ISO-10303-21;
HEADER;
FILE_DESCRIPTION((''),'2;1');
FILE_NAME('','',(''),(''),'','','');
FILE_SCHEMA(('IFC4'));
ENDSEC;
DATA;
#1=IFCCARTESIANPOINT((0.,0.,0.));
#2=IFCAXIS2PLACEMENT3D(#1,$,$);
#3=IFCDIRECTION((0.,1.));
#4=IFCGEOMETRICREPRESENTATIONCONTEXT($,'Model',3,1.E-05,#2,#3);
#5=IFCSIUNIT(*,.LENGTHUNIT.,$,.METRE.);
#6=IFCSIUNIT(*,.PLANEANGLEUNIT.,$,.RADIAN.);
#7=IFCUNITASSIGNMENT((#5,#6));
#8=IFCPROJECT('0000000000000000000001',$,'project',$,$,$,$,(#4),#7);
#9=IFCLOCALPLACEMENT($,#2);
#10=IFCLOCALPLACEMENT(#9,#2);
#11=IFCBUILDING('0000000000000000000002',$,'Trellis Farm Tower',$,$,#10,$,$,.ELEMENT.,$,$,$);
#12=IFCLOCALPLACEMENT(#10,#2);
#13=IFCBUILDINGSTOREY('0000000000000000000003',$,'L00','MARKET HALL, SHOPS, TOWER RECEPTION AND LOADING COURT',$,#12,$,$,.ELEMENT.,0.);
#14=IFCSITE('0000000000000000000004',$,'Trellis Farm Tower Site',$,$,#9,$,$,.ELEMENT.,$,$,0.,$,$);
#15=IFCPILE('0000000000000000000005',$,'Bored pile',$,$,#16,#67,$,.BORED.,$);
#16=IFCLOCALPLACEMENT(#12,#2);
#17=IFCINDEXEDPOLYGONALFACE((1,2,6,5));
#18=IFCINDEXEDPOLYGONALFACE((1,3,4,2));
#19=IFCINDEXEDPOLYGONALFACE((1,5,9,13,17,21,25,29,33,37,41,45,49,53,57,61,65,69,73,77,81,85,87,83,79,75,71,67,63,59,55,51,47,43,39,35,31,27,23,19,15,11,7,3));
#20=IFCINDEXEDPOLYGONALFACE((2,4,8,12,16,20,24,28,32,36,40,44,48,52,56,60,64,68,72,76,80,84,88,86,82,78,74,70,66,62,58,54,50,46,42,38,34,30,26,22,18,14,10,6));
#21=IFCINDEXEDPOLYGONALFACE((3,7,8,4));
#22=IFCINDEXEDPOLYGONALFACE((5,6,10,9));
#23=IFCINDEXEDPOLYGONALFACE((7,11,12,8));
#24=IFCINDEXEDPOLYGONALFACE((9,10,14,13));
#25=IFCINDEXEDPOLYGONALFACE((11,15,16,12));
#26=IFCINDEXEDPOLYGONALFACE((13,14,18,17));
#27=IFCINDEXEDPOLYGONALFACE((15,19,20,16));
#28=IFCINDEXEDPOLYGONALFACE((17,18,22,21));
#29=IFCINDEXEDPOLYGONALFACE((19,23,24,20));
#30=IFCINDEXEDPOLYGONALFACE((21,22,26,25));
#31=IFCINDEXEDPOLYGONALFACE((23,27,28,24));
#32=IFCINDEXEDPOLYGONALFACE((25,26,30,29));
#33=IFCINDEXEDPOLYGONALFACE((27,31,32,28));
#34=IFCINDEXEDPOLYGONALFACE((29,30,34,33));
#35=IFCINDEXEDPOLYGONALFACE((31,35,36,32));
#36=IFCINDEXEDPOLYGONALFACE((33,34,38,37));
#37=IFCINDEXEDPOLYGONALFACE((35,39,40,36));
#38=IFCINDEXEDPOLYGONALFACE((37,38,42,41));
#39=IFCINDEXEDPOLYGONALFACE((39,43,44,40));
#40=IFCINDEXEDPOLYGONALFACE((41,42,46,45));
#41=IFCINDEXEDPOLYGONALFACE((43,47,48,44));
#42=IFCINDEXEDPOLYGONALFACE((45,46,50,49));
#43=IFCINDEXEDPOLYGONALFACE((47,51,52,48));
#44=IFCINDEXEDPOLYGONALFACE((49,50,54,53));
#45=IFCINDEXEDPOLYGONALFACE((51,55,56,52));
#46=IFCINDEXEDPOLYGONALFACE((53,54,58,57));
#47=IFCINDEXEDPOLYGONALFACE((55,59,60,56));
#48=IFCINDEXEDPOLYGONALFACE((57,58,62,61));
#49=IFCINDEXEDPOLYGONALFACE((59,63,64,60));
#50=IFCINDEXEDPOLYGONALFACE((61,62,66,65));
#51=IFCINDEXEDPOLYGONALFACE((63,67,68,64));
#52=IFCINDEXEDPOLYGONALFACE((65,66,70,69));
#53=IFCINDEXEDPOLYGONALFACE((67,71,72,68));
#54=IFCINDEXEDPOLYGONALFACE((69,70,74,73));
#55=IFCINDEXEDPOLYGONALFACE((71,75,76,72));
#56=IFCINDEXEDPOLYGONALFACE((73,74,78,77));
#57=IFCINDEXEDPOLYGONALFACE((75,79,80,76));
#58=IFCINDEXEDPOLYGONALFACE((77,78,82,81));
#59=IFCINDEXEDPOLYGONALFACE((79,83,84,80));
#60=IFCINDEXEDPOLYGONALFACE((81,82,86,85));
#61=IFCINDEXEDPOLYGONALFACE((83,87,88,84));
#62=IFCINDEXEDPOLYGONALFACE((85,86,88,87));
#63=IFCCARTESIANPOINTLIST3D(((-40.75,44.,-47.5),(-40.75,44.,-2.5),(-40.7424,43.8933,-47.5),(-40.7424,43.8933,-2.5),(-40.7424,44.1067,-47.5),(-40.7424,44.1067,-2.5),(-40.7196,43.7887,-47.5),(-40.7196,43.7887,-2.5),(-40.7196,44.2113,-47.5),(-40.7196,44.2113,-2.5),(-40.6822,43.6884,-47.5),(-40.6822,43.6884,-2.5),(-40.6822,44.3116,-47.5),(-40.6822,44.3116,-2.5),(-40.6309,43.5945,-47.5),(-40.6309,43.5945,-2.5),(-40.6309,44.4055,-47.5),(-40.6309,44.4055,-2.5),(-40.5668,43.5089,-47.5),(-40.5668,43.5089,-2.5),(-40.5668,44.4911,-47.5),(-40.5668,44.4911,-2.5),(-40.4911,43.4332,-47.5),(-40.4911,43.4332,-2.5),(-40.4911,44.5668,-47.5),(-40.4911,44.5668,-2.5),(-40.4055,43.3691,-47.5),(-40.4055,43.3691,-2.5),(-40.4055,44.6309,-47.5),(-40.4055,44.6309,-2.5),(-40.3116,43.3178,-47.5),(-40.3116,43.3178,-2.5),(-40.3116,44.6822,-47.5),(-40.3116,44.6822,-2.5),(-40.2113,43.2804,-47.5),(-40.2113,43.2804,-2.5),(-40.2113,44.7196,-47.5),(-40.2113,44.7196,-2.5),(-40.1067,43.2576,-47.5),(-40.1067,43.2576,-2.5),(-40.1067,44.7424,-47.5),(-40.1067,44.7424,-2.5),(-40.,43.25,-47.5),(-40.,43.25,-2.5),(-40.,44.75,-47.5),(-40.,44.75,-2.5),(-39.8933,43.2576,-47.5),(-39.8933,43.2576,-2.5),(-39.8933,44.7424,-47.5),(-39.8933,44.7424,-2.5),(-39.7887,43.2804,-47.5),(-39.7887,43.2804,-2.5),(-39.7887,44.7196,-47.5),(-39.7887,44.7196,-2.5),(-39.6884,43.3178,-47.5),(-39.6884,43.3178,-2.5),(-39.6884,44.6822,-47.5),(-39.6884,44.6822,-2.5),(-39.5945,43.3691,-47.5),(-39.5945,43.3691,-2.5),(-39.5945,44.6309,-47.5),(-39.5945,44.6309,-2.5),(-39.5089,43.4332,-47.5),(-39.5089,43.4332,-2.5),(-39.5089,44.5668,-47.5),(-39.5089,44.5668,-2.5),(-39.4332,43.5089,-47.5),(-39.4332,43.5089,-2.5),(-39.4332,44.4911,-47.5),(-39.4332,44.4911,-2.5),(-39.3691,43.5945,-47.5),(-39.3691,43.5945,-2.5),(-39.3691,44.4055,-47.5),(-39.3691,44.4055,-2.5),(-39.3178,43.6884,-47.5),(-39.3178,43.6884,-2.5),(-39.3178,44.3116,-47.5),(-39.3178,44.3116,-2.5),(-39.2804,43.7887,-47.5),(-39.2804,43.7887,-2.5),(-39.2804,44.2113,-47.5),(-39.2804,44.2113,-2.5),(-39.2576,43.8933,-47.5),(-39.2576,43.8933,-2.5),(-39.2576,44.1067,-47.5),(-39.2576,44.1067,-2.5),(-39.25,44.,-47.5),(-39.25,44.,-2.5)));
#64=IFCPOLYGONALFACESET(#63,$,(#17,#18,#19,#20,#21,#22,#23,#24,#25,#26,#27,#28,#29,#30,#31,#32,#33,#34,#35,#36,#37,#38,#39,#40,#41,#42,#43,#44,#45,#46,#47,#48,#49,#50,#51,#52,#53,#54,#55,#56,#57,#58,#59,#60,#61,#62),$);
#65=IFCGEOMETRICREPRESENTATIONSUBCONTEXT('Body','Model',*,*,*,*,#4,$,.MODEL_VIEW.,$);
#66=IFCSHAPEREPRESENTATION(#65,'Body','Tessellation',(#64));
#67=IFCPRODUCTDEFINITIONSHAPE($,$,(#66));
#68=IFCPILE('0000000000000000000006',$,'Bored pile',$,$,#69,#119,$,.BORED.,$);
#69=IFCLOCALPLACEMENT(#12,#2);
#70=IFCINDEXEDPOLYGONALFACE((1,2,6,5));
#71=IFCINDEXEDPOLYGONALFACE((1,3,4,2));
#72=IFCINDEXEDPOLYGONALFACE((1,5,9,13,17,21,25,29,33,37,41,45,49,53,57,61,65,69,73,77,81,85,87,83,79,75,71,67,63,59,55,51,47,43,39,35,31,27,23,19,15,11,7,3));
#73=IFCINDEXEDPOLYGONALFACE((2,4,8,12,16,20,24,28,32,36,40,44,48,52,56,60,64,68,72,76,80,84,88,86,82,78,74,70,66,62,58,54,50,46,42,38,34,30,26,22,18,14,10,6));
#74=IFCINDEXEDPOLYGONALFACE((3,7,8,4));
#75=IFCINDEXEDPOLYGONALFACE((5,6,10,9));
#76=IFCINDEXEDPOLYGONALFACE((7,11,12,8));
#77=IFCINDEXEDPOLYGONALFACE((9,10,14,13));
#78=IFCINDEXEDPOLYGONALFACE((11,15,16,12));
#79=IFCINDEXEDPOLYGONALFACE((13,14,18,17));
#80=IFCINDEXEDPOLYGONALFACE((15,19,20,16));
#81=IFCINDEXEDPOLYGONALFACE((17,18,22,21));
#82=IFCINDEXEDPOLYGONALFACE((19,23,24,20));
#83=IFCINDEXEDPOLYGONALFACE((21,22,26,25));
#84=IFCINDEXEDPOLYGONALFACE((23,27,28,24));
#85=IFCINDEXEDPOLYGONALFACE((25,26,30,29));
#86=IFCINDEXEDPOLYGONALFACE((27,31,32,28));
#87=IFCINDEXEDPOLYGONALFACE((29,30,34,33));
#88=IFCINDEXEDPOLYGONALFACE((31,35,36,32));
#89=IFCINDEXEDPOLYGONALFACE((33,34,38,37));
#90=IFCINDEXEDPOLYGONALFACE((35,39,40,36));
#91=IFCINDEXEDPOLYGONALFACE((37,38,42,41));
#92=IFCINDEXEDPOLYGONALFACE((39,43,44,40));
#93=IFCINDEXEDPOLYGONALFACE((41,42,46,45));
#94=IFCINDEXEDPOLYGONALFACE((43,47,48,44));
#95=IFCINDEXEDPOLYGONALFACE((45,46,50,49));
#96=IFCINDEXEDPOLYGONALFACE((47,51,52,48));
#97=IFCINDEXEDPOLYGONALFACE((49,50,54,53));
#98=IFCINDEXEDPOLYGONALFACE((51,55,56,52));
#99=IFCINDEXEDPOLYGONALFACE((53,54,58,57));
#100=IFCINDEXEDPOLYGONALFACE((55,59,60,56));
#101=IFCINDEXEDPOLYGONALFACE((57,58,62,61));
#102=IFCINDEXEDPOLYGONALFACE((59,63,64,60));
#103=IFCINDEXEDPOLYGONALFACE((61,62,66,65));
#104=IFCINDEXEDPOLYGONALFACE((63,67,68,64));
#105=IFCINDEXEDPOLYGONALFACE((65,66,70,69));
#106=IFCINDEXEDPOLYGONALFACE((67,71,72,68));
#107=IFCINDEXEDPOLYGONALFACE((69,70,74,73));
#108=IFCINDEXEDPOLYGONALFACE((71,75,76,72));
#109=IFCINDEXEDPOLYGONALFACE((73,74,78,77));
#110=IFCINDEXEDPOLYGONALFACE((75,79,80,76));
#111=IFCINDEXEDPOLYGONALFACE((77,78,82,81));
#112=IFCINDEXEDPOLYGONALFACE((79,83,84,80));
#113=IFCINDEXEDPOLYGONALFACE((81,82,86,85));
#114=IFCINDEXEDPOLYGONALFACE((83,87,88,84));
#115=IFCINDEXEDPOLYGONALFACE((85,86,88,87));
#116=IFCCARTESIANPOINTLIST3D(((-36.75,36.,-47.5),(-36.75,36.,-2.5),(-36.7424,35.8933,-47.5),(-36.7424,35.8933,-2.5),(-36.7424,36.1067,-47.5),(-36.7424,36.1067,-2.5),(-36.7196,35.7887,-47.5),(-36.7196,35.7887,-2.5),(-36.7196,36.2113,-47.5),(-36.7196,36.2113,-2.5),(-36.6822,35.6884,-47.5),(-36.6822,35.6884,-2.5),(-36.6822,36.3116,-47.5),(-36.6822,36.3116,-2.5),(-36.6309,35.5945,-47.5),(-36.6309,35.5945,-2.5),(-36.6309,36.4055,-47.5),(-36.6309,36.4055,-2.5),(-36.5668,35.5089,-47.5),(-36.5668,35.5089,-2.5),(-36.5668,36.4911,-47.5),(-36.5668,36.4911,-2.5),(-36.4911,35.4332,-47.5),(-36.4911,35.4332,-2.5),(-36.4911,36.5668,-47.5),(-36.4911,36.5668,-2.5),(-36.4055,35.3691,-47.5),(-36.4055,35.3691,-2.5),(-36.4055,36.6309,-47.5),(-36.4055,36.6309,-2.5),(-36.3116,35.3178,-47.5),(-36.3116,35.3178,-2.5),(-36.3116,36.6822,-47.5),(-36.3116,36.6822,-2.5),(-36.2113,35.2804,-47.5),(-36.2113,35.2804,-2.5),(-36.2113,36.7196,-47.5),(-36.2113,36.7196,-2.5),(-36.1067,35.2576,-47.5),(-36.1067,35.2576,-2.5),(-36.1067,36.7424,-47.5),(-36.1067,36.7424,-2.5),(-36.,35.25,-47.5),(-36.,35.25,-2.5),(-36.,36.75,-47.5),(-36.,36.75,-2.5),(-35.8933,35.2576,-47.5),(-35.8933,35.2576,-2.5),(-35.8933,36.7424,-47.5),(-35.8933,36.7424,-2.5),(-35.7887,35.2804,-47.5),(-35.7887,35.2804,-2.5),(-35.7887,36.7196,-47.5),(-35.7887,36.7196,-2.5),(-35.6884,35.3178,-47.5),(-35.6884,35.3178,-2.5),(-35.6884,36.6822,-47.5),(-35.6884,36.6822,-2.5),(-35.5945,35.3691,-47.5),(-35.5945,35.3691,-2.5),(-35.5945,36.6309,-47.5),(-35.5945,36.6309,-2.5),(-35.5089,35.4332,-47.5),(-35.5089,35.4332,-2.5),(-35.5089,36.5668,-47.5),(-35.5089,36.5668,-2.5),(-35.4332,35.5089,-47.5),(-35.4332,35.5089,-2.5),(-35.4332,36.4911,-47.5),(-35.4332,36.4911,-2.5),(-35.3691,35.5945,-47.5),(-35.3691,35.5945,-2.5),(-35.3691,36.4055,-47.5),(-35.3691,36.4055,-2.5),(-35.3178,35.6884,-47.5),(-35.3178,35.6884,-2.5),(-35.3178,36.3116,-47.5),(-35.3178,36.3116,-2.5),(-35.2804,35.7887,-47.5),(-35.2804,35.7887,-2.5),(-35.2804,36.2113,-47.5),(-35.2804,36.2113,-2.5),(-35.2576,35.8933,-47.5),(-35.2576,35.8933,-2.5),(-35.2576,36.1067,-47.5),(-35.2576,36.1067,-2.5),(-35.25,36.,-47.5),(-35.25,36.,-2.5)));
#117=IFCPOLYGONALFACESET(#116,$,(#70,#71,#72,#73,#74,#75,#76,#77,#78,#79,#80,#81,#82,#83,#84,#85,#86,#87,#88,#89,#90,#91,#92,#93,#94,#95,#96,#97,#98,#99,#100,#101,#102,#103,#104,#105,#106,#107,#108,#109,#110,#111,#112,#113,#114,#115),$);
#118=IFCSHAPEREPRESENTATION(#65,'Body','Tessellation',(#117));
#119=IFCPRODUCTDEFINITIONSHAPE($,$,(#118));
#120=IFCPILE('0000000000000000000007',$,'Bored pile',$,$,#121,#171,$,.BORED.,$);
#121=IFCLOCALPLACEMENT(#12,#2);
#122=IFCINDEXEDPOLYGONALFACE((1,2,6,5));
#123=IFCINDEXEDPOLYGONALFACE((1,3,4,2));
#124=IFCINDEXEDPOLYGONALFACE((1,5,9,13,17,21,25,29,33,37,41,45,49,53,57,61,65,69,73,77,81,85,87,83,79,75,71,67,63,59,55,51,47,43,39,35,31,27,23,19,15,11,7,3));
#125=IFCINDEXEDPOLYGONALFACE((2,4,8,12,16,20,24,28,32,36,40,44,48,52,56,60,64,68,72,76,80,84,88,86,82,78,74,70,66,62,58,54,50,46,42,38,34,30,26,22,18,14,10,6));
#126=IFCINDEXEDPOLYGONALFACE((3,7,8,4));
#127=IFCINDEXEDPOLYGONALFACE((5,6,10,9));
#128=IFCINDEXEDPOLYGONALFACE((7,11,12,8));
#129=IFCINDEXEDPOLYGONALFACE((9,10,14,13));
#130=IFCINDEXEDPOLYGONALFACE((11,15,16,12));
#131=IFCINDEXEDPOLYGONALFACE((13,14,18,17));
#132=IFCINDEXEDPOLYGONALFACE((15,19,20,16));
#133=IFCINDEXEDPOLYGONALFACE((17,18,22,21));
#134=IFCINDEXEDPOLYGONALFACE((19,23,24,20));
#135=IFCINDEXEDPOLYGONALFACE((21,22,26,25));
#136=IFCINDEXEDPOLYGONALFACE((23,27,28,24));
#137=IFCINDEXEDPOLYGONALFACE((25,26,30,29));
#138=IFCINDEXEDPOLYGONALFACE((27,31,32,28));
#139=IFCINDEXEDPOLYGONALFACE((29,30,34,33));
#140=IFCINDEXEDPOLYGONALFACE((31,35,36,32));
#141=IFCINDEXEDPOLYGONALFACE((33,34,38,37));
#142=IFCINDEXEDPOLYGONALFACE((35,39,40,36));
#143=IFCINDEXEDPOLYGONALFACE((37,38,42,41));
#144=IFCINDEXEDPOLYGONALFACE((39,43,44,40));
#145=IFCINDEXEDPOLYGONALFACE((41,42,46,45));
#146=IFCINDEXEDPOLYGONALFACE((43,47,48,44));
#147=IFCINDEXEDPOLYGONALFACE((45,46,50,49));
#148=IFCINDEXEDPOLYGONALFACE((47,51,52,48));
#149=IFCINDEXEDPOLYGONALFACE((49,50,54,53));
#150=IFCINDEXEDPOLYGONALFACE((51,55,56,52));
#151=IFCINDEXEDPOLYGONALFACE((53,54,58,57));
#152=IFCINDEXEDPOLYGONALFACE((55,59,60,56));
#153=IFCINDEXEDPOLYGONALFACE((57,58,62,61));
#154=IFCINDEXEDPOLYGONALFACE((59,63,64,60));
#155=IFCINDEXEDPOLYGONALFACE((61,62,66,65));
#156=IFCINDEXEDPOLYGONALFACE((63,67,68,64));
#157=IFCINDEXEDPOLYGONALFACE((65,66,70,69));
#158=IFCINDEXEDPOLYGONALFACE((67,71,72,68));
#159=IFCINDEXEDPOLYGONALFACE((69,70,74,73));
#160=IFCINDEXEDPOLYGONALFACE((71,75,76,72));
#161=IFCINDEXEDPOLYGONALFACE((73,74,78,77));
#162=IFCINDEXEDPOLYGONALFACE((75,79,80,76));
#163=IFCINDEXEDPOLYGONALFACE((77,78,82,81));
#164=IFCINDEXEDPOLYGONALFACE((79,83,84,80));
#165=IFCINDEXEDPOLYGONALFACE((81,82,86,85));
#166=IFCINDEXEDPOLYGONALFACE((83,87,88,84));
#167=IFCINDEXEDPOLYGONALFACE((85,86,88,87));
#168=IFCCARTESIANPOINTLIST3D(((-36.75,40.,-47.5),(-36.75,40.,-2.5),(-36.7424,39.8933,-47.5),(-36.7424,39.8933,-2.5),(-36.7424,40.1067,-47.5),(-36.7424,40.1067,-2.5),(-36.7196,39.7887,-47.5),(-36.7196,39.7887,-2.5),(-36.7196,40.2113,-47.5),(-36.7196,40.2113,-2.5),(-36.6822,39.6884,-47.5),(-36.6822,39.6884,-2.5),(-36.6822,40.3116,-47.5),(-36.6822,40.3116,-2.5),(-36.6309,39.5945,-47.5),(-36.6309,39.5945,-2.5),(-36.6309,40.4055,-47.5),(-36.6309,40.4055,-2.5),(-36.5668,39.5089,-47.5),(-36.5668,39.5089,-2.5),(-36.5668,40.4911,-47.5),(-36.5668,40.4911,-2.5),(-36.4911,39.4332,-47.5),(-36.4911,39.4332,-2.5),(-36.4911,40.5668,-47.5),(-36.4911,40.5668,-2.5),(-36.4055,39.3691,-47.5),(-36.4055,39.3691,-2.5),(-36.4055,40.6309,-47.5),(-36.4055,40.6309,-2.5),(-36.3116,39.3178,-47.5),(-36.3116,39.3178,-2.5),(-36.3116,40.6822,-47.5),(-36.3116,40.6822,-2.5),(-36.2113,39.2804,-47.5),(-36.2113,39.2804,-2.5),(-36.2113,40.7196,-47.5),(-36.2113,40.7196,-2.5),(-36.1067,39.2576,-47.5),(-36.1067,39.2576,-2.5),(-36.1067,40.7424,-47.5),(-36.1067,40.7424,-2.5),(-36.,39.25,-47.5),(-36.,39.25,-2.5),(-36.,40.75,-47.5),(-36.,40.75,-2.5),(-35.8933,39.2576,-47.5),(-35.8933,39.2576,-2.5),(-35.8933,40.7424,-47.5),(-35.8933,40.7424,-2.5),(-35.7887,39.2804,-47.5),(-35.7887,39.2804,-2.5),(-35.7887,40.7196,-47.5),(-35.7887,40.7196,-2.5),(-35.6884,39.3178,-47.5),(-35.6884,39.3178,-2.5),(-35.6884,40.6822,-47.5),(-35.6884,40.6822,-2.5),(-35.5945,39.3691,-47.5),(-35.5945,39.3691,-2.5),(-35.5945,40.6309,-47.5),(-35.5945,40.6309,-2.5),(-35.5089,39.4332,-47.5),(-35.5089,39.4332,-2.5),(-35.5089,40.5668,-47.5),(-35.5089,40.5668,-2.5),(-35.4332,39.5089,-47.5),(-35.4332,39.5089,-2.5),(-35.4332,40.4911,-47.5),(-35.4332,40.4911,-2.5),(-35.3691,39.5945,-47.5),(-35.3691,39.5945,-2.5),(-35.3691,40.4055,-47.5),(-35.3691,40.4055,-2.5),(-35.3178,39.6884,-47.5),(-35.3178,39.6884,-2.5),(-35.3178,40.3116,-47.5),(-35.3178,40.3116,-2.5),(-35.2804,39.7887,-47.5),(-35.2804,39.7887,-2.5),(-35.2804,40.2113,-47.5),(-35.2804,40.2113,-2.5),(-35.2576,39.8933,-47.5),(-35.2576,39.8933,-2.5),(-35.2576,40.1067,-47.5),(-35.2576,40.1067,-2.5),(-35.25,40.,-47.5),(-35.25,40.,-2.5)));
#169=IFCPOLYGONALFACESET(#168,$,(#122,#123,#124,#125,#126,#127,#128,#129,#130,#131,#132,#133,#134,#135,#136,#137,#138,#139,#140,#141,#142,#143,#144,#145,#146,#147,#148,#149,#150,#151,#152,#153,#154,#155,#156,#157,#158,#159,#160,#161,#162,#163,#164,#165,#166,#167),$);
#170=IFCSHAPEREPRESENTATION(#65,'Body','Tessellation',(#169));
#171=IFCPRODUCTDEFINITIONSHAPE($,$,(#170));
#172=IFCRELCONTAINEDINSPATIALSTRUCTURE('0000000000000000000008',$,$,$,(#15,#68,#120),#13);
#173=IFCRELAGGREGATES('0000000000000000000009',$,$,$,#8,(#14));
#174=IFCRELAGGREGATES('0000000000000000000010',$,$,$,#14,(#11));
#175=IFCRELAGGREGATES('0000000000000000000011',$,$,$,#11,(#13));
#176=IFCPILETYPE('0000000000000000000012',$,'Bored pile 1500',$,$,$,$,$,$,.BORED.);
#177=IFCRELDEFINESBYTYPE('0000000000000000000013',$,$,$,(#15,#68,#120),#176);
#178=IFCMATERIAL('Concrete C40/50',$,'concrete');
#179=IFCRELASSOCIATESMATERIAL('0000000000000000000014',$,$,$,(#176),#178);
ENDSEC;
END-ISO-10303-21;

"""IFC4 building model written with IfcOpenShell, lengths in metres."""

from ifc_helpers import new_model, si_unit, direction, frame, origin, origin_2d, place, context, subcontext, project, spatial, circle, extrude, source, transform, mapped, material, material_profile, profile_set, type_object, element, save


model = new_model("IFC4")

# Units and contexts
model_context = context("Model", 3, precision=1e-05, world=origin(), true_north=direction((0.0, 1.0)))
body_context = subcontext(model_context, "Body", "Model", "MODEL_VIEW")
ifc_project = project(units=[si_unit("LENGTHUNIT", "METRE"), si_unit("PLANEANGLEUNIT", "RADIAN")], contexts=[model_context])

# Site, building, storey
site_placement = place(None, origin())
site = spatial("IfcSite", under=ifc_project, at=site_placement, Name="Trellis Farm Tower Site", CompositionType="ELEMENT", RefElevation=0.0)
building_placement = place(site_placement, origin())
building = spatial("IfcBuilding", under=site, at=building_placement, Name="Trellis Farm Tower", CompositionType="ELEMENT")
storey_placement = place(building_placement, origin())
storey = spatial("IfcBuildingStorey", under=building, at=storey_placement, Name="L00", Description="MARKET HALL, SHOPS, TOWER RECEPTION AND LOADING COURT", CompositionType="ELEMENT", Elevation=0.0)

# Piles
ifc_material_1 = material(Name="Concrete C40/50", Category="concrete")
ifc_material_profile_1 = material_profile(ifc_material_1, circle(Radius=0.75, at=origin_2d()), Name="Bored pile 1500")
ifc_profile_set_1 = profile_set([ifc_material_profile_1], Name="Concrete C40/50")
pile_type = type_object("IfcPileType", Name="Bored pile 1500", PredefinedType="BORED", material=ifc_profile_set_1)
shared_shape_1 = source(origin(), body_context, "Body", "SweptSolid", [
    extrude(circle(Radius=0.75, at=origin_2d()), origin(), (0.0, 0.0, 1.0), 45.0),
])
for number, where, z_axis, x_axis, name in (
    (1, (-40.0, 44.0, -2.5), (0.0, 0.0, -1.0), (1.0, 0.0, 0.0), "Bored pile"),
    (2, (-36.0, 36.0, -2.5), (0.0, 0.0, -1.0), (1.0, 0.0, 0.0), "Bored pile"),
    (3, (-36.0, 40.0, -2.5), (0.0, 0.0, -1.0), (1.0, 0.0, 0.0), "Bored pile"),
):
    element("IfcPile", number, at=place(storey_placement, frame(where, z_axis=z_axis, x_axis=x_axis)), inside=storey, type_object=pile_type, Name=name, PredefinedType="BORED", context=body_context, shape_type="MappedRepresentation", body=[
        mapped(shared_shape_1, transform((0.0, 0.0, 0.0))),
    ])

save(model, "model.ifc")
